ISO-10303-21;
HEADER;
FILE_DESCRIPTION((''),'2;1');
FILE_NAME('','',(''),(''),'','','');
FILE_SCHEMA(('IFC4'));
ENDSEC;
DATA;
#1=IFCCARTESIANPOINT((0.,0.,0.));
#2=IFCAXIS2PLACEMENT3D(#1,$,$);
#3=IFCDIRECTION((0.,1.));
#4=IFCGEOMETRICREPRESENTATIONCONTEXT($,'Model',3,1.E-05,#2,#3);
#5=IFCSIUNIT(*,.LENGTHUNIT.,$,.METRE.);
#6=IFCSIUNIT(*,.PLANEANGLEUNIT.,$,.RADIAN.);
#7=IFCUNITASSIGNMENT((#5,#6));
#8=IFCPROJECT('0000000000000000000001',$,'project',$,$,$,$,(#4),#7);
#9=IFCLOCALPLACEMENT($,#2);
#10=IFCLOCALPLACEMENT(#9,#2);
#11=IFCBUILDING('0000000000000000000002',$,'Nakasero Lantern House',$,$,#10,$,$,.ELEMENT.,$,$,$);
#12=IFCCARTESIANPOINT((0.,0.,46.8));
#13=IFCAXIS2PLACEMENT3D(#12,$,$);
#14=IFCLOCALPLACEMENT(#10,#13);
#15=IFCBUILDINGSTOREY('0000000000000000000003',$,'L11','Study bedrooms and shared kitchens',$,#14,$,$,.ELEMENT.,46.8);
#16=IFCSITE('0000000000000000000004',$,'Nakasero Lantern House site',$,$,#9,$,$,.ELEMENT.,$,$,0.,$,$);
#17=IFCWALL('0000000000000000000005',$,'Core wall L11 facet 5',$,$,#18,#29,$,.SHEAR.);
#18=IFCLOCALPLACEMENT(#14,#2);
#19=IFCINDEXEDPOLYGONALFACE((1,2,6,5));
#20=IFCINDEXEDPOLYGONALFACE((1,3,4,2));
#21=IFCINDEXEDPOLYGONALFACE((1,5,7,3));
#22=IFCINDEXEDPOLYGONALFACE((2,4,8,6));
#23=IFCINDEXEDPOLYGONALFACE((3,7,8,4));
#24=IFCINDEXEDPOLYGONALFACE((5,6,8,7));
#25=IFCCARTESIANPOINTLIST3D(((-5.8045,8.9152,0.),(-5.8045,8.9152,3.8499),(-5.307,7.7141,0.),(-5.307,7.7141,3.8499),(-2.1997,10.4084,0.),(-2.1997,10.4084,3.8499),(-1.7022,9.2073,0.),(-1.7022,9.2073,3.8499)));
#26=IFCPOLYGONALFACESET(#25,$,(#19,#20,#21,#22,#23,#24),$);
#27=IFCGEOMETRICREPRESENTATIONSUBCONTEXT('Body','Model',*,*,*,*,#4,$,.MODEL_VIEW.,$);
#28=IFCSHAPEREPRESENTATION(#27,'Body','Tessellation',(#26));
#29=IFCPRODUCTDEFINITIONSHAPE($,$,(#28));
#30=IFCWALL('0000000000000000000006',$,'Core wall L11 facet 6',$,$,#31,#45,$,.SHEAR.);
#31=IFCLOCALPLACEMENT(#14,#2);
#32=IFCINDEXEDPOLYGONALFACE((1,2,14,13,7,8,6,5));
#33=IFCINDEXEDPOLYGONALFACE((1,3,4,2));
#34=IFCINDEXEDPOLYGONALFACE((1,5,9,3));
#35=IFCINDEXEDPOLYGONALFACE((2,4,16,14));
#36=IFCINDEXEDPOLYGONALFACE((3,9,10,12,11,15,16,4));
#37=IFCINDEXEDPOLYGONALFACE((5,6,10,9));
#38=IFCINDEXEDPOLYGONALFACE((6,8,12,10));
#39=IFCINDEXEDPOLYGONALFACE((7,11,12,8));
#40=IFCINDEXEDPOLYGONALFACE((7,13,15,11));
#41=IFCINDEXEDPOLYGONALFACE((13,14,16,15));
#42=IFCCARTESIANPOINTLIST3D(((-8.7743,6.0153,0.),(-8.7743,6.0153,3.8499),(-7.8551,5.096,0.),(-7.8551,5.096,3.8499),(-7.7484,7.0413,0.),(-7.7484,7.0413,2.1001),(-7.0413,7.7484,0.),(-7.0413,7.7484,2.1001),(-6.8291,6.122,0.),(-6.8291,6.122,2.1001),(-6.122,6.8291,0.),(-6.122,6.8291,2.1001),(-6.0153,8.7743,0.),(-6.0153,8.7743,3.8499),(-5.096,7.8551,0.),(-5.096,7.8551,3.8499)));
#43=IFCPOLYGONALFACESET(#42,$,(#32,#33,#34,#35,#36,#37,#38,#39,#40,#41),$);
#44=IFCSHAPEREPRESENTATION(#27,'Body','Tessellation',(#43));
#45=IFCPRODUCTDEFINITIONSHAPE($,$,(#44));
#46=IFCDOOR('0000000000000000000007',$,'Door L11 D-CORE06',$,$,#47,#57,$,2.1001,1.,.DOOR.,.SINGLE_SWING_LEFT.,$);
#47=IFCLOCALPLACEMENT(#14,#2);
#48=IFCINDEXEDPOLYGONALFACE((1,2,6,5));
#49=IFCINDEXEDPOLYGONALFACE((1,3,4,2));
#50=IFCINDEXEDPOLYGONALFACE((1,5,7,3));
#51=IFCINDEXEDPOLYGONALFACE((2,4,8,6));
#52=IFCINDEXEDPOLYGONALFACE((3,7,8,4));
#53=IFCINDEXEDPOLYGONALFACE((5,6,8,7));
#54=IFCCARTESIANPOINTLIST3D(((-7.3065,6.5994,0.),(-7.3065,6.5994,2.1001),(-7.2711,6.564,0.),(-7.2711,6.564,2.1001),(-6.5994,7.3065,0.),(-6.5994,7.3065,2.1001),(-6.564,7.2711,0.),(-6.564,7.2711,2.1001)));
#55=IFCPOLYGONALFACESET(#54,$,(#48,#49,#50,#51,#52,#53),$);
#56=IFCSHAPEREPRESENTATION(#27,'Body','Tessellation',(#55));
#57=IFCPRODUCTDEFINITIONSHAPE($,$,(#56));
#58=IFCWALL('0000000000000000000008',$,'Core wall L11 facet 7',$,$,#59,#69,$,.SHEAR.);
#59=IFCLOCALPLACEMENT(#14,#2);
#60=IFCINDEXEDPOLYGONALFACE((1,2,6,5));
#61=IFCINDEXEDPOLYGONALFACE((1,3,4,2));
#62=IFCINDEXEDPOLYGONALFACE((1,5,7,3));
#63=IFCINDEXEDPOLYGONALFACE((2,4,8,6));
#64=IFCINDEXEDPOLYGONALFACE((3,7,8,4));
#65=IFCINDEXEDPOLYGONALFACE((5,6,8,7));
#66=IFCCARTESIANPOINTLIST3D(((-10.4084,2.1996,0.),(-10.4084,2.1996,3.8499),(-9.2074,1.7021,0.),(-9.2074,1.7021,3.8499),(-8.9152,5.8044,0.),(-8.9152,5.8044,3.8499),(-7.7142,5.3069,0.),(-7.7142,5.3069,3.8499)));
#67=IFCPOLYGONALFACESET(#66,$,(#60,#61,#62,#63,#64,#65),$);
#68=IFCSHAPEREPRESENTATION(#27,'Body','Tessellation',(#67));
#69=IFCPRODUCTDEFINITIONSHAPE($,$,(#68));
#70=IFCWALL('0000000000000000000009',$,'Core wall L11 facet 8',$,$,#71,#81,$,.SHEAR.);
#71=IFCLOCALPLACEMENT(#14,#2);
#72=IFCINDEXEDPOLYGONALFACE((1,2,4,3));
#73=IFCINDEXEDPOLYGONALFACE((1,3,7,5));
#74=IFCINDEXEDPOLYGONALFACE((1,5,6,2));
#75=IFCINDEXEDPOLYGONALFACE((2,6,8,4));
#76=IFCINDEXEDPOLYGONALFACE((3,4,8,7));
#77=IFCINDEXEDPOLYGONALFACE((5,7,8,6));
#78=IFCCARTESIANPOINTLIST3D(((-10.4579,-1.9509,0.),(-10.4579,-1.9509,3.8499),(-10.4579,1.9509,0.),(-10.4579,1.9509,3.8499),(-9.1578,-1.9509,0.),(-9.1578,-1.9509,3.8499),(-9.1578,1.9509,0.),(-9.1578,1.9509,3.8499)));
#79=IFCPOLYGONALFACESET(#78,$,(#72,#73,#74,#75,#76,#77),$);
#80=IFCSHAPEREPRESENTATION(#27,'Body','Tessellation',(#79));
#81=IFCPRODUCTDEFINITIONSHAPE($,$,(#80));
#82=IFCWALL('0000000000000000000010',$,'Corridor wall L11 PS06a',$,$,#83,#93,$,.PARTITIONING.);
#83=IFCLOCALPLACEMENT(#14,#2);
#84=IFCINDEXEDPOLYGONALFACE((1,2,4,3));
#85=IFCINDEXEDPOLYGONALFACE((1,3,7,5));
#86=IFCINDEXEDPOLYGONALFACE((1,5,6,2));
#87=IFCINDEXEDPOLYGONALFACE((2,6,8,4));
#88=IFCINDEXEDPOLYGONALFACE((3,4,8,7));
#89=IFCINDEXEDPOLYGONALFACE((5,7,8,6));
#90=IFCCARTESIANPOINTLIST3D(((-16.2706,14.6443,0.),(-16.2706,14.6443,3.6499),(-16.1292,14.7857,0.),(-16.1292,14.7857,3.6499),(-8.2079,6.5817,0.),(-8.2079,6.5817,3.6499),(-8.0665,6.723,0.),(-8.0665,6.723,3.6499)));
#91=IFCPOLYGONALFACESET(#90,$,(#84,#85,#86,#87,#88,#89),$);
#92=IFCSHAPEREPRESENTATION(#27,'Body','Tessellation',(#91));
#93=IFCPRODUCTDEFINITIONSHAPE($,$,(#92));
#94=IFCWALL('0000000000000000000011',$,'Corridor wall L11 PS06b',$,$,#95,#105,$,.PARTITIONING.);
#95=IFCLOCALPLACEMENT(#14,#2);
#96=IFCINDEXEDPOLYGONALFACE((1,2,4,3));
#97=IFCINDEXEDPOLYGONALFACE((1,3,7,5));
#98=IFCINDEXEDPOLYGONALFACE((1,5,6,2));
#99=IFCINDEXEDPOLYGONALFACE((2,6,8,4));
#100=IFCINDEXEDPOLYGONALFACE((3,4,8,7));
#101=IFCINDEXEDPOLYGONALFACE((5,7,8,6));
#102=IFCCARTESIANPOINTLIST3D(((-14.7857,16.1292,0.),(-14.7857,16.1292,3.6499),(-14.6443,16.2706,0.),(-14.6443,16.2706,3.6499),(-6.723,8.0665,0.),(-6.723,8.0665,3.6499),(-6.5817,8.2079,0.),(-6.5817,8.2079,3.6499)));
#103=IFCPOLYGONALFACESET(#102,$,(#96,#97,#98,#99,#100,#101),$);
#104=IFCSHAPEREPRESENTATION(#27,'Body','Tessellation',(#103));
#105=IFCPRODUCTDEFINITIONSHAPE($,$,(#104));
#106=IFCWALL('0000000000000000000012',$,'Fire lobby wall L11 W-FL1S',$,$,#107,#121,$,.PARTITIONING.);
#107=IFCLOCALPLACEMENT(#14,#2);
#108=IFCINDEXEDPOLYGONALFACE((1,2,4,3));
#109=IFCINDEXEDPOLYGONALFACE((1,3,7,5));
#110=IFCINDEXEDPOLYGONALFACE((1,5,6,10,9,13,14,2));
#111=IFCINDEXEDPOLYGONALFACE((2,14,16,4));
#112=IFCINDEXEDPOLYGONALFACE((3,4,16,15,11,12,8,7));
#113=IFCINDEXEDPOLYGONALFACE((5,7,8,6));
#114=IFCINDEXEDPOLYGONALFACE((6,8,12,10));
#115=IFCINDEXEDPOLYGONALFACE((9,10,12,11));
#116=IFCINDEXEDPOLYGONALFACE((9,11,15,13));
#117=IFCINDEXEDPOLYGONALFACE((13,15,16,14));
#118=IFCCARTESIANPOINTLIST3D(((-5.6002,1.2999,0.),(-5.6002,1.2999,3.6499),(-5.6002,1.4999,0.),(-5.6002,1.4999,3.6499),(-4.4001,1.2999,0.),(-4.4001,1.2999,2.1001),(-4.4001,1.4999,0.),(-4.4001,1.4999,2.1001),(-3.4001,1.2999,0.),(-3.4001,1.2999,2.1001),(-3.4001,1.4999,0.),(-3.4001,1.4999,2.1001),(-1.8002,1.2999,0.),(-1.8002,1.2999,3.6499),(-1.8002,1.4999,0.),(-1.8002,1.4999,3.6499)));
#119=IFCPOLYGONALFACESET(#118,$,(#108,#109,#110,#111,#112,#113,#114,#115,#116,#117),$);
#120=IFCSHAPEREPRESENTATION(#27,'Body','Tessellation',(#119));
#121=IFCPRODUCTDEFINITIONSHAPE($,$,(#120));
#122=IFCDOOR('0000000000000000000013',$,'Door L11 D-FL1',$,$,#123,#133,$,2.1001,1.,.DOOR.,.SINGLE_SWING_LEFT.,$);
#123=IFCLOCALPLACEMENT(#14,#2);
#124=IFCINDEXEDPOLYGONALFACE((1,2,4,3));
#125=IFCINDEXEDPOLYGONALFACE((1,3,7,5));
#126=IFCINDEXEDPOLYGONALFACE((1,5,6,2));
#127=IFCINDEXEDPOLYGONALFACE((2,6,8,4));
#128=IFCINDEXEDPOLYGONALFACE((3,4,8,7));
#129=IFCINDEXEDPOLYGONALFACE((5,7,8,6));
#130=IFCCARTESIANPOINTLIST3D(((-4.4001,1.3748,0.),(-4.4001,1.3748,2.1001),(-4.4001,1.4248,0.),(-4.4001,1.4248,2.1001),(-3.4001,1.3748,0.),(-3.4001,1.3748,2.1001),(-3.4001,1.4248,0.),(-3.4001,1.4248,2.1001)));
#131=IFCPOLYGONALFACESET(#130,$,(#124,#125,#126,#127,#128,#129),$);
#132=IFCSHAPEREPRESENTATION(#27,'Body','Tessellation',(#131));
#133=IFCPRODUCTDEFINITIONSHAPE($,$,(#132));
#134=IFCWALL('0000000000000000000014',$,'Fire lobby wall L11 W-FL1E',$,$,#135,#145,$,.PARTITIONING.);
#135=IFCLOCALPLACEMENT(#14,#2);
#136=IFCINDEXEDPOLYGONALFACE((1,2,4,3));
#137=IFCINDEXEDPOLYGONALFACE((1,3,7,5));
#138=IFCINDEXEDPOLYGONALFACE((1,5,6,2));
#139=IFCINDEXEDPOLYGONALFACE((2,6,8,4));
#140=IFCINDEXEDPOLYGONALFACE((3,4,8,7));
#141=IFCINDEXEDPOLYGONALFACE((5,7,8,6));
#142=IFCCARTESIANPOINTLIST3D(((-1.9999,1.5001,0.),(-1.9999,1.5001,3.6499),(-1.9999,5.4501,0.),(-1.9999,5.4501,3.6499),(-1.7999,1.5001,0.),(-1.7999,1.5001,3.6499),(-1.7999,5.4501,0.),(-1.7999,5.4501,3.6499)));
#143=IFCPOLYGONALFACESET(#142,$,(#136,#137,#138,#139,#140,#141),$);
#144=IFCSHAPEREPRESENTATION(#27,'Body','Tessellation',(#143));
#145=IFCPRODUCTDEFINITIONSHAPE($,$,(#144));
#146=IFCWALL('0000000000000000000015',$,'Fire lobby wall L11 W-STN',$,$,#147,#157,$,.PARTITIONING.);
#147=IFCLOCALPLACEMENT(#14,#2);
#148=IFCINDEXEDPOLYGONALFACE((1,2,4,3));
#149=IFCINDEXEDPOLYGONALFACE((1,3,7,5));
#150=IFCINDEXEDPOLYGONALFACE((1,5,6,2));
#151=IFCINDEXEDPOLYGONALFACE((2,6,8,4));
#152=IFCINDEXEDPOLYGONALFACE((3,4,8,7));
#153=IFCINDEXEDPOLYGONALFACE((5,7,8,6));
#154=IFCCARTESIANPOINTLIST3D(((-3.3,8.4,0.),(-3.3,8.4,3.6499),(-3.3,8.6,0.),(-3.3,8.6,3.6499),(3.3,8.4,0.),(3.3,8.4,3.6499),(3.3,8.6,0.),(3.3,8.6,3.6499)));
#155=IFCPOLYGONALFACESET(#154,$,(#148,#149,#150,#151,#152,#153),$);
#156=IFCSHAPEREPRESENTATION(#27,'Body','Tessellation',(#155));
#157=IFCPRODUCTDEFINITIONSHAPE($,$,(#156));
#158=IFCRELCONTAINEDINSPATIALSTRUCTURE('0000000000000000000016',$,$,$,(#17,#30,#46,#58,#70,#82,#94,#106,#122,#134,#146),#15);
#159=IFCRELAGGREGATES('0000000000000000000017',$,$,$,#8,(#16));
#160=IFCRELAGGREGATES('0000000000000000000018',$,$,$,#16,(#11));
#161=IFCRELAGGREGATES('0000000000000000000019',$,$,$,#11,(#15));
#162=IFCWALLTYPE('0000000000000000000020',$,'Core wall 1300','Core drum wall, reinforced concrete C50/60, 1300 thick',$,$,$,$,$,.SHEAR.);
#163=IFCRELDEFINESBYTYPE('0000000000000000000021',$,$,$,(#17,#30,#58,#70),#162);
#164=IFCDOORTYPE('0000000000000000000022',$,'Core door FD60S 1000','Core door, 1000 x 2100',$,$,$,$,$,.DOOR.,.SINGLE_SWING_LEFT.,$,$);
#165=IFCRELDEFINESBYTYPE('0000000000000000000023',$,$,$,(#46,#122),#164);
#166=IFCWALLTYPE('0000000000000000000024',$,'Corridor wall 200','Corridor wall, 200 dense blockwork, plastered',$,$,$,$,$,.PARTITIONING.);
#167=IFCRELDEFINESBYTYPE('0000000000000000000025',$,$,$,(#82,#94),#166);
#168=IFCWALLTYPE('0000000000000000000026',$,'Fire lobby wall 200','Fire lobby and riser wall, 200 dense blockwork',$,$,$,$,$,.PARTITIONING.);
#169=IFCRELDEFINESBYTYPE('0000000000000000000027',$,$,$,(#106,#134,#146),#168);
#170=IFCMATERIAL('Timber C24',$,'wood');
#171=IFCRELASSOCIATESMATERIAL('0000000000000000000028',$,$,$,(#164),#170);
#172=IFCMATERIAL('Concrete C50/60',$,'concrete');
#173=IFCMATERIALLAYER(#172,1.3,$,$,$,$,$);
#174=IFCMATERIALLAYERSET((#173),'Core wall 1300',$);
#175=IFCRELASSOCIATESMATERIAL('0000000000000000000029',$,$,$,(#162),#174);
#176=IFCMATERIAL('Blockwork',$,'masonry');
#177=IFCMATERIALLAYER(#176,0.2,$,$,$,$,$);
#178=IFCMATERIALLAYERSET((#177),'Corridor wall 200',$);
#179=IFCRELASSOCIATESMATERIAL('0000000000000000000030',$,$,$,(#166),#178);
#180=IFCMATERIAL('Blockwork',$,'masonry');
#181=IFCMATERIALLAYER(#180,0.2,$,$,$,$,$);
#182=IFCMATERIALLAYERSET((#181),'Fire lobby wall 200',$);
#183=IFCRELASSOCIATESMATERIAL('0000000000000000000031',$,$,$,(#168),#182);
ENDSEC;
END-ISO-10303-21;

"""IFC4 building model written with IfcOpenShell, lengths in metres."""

from ifc_helpers import new_model, si_unit, direction, frame, frame_2d, origin, place, context, subcontext, project, spatial, rectangle, extrude, material, layer, layer_set, type_object, element, fill, save


model = new_model("IFC4")

# Units and contexts
model_context = context("Model", 3, precision=1e-05, world=origin(), true_north=direction((0.0, 1.0)))
body_context = subcontext(model_context, "Body", "Model", "MODEL_VIEW")
ifc_project = project(units=[si_unit("LENGTHUNIT", "METRE"), si_unit("PLANEANGLEUNIT", "RADIAN")], contexts=[model_context])

# Site, building, storey
site_placement = place(None, origin())
site = spatial("IfcSite", under=ifc_project, at=site_placement, Name="Nakasero Lantern House site", CompositionType="ELEMENT", RefElevation=0.0)
building_placement = place(site_placement, origin())
building = spatial("IfcBuilding", under=site, at=building_placement, Name="Nakasero Lantern House", CompositionType="ELEMENT")
storey_placement = place(building_placement, frame((0.0, 0.0, 46.8)))
storey = spatial("IfcBuildingStorey", under=building, at=storey_placement, Name="L11", Description="Study bedrooms and shared kitchens", CompositionType="ELEMENT", Elevation=46.8)

# Shared definitions
ifc_material_1 = material(Name="Timber C24", Category="wood")
door_type_1 = type_object("IfcDoorType", Name="Core door FD60S 1000", Description="Core door, 1000 x 2100", OperationType="SINGLE_SWING_LEFT", PredefinedType="DOOR", material=ifc_material_1)

# Wall
ifc_material_2 = material(Name="Concrete C50/60", Category="concrete")
ifc_layer_1 = layer(ifc_material_2, 1.3)
ifc_layer_set_1 = layer_set([ifc_layer_1], Name="Core wall 1300")
wall_type_1 = type_object("IfcWallType", Name="Core wall 1300", Description="Core drum wall, reinforced concrete C50/60, 1300 thick", PredefinedType="SHEAR", material=ifc_layer_set_1)
wall_1_placement = place(storey_placement, frame((-1.9509, 9.8079, 0.0), z_axis=(0.0, 0.0, 1.0), x_axis=(-0.923877, -0.382691, 0.0)))
element("IfcWall", 1, at=wall_1_placement, inside=storey, type_object=wall_type_1, Name="Core wall L11 facet 5", PredefinedType="SHEAR", context=body_context, shape_type="SweptSolid", body=[
    extrude(rectangle(XDim=3.9019, YDim=1.3, at=frame_2d((1.9509, 0.0))), origin(), (0.0, 0.0, 1.0), 3.8499),
])

# Wall, opening, door
wall_2_placement = place(storey_placement, frame((-5.5557, 8.3147, 0.0), z_axis=(0.0, 0.0, 1.0), x_axis=(-0.707107, -0.707107, 0.0)))
wall_2 = element("IfcWall", 2, at=wall_2_placement, inside=storey, type_object=wall_type_1, Name="Core wall L11 facet 6", PredefinedType="SHEAR", context=body_context, shape_type="SweptSolid", body=[
    extrude(rectangle(XDim=3.9019, YDim=1.3, at=frame_2d((1.9509, 0.0))), origin(), (0.0, 0.0, 1.0), 3.8499),
])
opening_1_placement = place(wall_2_placement, frame((1.4509, 0.0, 0.0)))
opening_1 = element("IfcOpeningElement", 3, at=opening_1_placement, cuts=wall_2, PredefinedType="OPENING", context=body_context, shape_type="SweptSolid", body=[
    extrude(rectangle(XDim=1.0, YDim=2.1001, at=frame_2d((0.5, 1.05))), frame((0.0, 0.6699, 0.0), z_axis=(0.0, -1.0, 0.0), x_axis=(1.0, 0.0, 0.0)), (0.0, 0.0, 1.0), 1.3401),
])
door_1_placement = place(opening_1_placement, origin())
door_1 = element("IfcDoor", 4, at=door_1_placement, inside=storey, type_object=door_type_1, Name="Door L11 D-CORE06", OperationType="SINGLE_SWING_LEFT", OverallHeight=2.1001, OverallWidth=1.0, PredefinedType="DOOR", context=body_context, shape_type="SweptSolid", body=[
    extrude(rectangle(XDim=1.0, YDim=2.1001, at=frame_2d((0.5, 1.05))), frame((0.0, 0.0249, 0.0), z_axis=(0.0, -1.0, 0.0), x_axis=(1.0, 0.0, 0.0)), (0.0, 0.0, 1.0), 0.05),
])
fill(opening_1, door_1)

# Walls
for number, where, z_axis, x_axis, name in (
    (5, (-8.3147, 5.5557, 0.0), (0.0, 0.0, 1.0), (-0.382691, -0.923877, 0.0), "Core wall L11 facet 7"),
    (6, (-9.8079, 1.9509, 0.0), (0.0, 0.0, 1.0), (0.0, -1.0, 0.0), "Core wall L11 facet 8"),
):
    element("IfcWall", number, at=place(storey_placement, frame(where, z_axis=z_axis, x_axis=x_axis)), inside=storey, type_object=wall_type_1, Name=name, PredefinedType="SHEAR", context=body_context, shape_type="SweptSolid", body=[
        extrude(rectangle(XDim=3.9019, YDim=1.3, at=frame_2d((1.9509, 0.0))), origin(), (0.0, 0.0, 1.0), 3.8499),
    ])
ifc_material_3 = material(Name="Blockwork", Category="masonry")
ifc_layer_2 = layer(ifc_material_3, 0.2)
ifc_layer_set_2 = layer_set([ifc_layer_2], Name="Corridor wall 200")
wall_type_2 = type_object("IfcWallType", Name="Corridor wall 200", Description="Corridor wall, 200 dense blockwork, plastered", PredefinedType="PARTITIONING", material=ifc_layer_set_2)
for number, where, z_axis, x_axis, name in (
    (7, (-8.1372, 6.6523, 0.0), (0.0, 0.0, 1.0), (-0.707107, 0.707107, 0.0), "Corridor wall L11 PS06a"),
    (8, (-6.6523, 8.1372, 0.0), (0.0, 0.0, 1.0), (-0.707107, 0.707107, 0.0), "Corridor wall L11 PS06b"),
):
    element("IfcWall", number, at=place(storey_placement, frame(where, z_axis=z_axis, x_axis=x_axis)), inside=storey, type_object=wall_type_2, Name=name, PredefinedType="PARTITIONING", context=body_context, shape_type="SweptSolid", body=[
        extrude(rectangle(XDim=11.4023, YDim=0.2, at=frame_2d((5.7012, 0.0))), origin(), (0.0, 0.0, 1.0), 3.6499),
    ])

# Wall, opening, door
ifc_material_4 = material(Name="Blockwork", Category="masonry")
ifc_layer_3 = layer(ifc_material_4, 0.2)
ifc_layer_set_3 = layer_set([ifc_layer_3], Name="Fire lobby wall 200")
wall_type_3 = type_object("IfcWallType", Name="Fire lobby wall 200", Description="Fire lobby and riser wall, 200 dense blockwork", PredefinedType="PARTITIONING", material=ifc_layer_set_3)
wall_3_placement = place(storey_placement, frame((-5.6001, 1.3999, 0.0), z_axis=(0.0, 0.0, 1.0), x_axis=(1.0, 0.0, 0.0)))
wall_3 = element("IfcWall", 9, at=wall_3_placement, inside=storey, type_object=wall_type_3, Name="Fire lobby wall L11 W-FL1S", PredefinedType="PARTITIONING", context=body_context, shape_type="SweptSolid", body=[
    extrude(rectangle(XDim=3.8, YDim=0.2, at=frame_2d((1.8999, 0.0))), origin(), (0.0, 0.0, 1.0), 3.6499),
])
opening_2_placement = place(wall_3_placement, frame((1.2, 0.0, 0.0)))
opening_2 = element("IfcOpeningElement", 10, at=opening_2_placement, cuts=wall_3, PredefinedType="OPENING", context=body_context, shape_type="SweptSolid", body=[
    extrude(rectangle(XDim=1.0, YDim=2.1001, at=frame_2d((0.5, 1.05))), frame((0.0, 0.1199, 0.0), z_axis=(0.0, -1.0, 0.0), x_axis=(1.0, 0.0, 0.0)), (0.0, 0.0, 1.0), 0.24),
])
door_2_placement = place(opening_2_placement, origin())
door_2 = element("IfcDoor", 11, at=door_2_placement, inside=storey, type_object=door_type_1, Name="Door L11 D-FL1", OperationType="SINGLE_SWING_LEFT", OverallHeight=2.1001, OverallWidth=1.0, PredefinedType="DOOR", context=body_context, shape_type="SweptSolid", body=[
    extrude(rectangle(XDim=1.0, YDim=2.1001, at=frame_2d((0.5, 1.05))), frame((0.0, 0.0249, 0.0), z_axis=(0.0, -1.0, 0.0), x_axis=(1.0, 0.0, 0.0)), (0.0, 0.0, 1.0), 0.05),
])
fill(opening_2, door_2)

# Walls
wall_4_placement = place(storey_placement, frame((-1.8999, 1.5, 0.0), z_axis=(0.0, 0.0, 1.0), x_axis=(0.0, 1.0, 0.0)))
element("IfcWall", 12, at=wall_4_placement, inside=storey, type_object=wall_type_3, Name="Fire lobby wall L11 W-FL1E", PredefinedType="PARTITIONING", context=body_context, shape_type="SweptSolid", body=[
    extrude(rectangle(XDim=3.95, YDim=0.2, at=frame_2d((1.9751, 0.0))), origin(), (0.0, 0.0, 1.0), 3.6499),
])
wall_5_placement = place(storey_placement, frame((-3.3, 8.5, 0.0), z_axis=(0.0, 0.0, 1.0), x_axis=(1.0, 0.0, 0.0)))
element("IfcWall", 13, at=wall_5_placement, inside=storey, type_object=wall_type_3, Name="Fire lobby wall L11 W-STN", PredefinedType="PARTITIONING", context=body_context, shape_type="SweptSolid", body=[
    extrude(rectangle(XDim=6.6001, YDim=0.2, at=frame_2d((3.3, 0.0))), origin(), (0.0, 0.0, 1.0), 3.6499),
])

save(model, "model.ifc")
